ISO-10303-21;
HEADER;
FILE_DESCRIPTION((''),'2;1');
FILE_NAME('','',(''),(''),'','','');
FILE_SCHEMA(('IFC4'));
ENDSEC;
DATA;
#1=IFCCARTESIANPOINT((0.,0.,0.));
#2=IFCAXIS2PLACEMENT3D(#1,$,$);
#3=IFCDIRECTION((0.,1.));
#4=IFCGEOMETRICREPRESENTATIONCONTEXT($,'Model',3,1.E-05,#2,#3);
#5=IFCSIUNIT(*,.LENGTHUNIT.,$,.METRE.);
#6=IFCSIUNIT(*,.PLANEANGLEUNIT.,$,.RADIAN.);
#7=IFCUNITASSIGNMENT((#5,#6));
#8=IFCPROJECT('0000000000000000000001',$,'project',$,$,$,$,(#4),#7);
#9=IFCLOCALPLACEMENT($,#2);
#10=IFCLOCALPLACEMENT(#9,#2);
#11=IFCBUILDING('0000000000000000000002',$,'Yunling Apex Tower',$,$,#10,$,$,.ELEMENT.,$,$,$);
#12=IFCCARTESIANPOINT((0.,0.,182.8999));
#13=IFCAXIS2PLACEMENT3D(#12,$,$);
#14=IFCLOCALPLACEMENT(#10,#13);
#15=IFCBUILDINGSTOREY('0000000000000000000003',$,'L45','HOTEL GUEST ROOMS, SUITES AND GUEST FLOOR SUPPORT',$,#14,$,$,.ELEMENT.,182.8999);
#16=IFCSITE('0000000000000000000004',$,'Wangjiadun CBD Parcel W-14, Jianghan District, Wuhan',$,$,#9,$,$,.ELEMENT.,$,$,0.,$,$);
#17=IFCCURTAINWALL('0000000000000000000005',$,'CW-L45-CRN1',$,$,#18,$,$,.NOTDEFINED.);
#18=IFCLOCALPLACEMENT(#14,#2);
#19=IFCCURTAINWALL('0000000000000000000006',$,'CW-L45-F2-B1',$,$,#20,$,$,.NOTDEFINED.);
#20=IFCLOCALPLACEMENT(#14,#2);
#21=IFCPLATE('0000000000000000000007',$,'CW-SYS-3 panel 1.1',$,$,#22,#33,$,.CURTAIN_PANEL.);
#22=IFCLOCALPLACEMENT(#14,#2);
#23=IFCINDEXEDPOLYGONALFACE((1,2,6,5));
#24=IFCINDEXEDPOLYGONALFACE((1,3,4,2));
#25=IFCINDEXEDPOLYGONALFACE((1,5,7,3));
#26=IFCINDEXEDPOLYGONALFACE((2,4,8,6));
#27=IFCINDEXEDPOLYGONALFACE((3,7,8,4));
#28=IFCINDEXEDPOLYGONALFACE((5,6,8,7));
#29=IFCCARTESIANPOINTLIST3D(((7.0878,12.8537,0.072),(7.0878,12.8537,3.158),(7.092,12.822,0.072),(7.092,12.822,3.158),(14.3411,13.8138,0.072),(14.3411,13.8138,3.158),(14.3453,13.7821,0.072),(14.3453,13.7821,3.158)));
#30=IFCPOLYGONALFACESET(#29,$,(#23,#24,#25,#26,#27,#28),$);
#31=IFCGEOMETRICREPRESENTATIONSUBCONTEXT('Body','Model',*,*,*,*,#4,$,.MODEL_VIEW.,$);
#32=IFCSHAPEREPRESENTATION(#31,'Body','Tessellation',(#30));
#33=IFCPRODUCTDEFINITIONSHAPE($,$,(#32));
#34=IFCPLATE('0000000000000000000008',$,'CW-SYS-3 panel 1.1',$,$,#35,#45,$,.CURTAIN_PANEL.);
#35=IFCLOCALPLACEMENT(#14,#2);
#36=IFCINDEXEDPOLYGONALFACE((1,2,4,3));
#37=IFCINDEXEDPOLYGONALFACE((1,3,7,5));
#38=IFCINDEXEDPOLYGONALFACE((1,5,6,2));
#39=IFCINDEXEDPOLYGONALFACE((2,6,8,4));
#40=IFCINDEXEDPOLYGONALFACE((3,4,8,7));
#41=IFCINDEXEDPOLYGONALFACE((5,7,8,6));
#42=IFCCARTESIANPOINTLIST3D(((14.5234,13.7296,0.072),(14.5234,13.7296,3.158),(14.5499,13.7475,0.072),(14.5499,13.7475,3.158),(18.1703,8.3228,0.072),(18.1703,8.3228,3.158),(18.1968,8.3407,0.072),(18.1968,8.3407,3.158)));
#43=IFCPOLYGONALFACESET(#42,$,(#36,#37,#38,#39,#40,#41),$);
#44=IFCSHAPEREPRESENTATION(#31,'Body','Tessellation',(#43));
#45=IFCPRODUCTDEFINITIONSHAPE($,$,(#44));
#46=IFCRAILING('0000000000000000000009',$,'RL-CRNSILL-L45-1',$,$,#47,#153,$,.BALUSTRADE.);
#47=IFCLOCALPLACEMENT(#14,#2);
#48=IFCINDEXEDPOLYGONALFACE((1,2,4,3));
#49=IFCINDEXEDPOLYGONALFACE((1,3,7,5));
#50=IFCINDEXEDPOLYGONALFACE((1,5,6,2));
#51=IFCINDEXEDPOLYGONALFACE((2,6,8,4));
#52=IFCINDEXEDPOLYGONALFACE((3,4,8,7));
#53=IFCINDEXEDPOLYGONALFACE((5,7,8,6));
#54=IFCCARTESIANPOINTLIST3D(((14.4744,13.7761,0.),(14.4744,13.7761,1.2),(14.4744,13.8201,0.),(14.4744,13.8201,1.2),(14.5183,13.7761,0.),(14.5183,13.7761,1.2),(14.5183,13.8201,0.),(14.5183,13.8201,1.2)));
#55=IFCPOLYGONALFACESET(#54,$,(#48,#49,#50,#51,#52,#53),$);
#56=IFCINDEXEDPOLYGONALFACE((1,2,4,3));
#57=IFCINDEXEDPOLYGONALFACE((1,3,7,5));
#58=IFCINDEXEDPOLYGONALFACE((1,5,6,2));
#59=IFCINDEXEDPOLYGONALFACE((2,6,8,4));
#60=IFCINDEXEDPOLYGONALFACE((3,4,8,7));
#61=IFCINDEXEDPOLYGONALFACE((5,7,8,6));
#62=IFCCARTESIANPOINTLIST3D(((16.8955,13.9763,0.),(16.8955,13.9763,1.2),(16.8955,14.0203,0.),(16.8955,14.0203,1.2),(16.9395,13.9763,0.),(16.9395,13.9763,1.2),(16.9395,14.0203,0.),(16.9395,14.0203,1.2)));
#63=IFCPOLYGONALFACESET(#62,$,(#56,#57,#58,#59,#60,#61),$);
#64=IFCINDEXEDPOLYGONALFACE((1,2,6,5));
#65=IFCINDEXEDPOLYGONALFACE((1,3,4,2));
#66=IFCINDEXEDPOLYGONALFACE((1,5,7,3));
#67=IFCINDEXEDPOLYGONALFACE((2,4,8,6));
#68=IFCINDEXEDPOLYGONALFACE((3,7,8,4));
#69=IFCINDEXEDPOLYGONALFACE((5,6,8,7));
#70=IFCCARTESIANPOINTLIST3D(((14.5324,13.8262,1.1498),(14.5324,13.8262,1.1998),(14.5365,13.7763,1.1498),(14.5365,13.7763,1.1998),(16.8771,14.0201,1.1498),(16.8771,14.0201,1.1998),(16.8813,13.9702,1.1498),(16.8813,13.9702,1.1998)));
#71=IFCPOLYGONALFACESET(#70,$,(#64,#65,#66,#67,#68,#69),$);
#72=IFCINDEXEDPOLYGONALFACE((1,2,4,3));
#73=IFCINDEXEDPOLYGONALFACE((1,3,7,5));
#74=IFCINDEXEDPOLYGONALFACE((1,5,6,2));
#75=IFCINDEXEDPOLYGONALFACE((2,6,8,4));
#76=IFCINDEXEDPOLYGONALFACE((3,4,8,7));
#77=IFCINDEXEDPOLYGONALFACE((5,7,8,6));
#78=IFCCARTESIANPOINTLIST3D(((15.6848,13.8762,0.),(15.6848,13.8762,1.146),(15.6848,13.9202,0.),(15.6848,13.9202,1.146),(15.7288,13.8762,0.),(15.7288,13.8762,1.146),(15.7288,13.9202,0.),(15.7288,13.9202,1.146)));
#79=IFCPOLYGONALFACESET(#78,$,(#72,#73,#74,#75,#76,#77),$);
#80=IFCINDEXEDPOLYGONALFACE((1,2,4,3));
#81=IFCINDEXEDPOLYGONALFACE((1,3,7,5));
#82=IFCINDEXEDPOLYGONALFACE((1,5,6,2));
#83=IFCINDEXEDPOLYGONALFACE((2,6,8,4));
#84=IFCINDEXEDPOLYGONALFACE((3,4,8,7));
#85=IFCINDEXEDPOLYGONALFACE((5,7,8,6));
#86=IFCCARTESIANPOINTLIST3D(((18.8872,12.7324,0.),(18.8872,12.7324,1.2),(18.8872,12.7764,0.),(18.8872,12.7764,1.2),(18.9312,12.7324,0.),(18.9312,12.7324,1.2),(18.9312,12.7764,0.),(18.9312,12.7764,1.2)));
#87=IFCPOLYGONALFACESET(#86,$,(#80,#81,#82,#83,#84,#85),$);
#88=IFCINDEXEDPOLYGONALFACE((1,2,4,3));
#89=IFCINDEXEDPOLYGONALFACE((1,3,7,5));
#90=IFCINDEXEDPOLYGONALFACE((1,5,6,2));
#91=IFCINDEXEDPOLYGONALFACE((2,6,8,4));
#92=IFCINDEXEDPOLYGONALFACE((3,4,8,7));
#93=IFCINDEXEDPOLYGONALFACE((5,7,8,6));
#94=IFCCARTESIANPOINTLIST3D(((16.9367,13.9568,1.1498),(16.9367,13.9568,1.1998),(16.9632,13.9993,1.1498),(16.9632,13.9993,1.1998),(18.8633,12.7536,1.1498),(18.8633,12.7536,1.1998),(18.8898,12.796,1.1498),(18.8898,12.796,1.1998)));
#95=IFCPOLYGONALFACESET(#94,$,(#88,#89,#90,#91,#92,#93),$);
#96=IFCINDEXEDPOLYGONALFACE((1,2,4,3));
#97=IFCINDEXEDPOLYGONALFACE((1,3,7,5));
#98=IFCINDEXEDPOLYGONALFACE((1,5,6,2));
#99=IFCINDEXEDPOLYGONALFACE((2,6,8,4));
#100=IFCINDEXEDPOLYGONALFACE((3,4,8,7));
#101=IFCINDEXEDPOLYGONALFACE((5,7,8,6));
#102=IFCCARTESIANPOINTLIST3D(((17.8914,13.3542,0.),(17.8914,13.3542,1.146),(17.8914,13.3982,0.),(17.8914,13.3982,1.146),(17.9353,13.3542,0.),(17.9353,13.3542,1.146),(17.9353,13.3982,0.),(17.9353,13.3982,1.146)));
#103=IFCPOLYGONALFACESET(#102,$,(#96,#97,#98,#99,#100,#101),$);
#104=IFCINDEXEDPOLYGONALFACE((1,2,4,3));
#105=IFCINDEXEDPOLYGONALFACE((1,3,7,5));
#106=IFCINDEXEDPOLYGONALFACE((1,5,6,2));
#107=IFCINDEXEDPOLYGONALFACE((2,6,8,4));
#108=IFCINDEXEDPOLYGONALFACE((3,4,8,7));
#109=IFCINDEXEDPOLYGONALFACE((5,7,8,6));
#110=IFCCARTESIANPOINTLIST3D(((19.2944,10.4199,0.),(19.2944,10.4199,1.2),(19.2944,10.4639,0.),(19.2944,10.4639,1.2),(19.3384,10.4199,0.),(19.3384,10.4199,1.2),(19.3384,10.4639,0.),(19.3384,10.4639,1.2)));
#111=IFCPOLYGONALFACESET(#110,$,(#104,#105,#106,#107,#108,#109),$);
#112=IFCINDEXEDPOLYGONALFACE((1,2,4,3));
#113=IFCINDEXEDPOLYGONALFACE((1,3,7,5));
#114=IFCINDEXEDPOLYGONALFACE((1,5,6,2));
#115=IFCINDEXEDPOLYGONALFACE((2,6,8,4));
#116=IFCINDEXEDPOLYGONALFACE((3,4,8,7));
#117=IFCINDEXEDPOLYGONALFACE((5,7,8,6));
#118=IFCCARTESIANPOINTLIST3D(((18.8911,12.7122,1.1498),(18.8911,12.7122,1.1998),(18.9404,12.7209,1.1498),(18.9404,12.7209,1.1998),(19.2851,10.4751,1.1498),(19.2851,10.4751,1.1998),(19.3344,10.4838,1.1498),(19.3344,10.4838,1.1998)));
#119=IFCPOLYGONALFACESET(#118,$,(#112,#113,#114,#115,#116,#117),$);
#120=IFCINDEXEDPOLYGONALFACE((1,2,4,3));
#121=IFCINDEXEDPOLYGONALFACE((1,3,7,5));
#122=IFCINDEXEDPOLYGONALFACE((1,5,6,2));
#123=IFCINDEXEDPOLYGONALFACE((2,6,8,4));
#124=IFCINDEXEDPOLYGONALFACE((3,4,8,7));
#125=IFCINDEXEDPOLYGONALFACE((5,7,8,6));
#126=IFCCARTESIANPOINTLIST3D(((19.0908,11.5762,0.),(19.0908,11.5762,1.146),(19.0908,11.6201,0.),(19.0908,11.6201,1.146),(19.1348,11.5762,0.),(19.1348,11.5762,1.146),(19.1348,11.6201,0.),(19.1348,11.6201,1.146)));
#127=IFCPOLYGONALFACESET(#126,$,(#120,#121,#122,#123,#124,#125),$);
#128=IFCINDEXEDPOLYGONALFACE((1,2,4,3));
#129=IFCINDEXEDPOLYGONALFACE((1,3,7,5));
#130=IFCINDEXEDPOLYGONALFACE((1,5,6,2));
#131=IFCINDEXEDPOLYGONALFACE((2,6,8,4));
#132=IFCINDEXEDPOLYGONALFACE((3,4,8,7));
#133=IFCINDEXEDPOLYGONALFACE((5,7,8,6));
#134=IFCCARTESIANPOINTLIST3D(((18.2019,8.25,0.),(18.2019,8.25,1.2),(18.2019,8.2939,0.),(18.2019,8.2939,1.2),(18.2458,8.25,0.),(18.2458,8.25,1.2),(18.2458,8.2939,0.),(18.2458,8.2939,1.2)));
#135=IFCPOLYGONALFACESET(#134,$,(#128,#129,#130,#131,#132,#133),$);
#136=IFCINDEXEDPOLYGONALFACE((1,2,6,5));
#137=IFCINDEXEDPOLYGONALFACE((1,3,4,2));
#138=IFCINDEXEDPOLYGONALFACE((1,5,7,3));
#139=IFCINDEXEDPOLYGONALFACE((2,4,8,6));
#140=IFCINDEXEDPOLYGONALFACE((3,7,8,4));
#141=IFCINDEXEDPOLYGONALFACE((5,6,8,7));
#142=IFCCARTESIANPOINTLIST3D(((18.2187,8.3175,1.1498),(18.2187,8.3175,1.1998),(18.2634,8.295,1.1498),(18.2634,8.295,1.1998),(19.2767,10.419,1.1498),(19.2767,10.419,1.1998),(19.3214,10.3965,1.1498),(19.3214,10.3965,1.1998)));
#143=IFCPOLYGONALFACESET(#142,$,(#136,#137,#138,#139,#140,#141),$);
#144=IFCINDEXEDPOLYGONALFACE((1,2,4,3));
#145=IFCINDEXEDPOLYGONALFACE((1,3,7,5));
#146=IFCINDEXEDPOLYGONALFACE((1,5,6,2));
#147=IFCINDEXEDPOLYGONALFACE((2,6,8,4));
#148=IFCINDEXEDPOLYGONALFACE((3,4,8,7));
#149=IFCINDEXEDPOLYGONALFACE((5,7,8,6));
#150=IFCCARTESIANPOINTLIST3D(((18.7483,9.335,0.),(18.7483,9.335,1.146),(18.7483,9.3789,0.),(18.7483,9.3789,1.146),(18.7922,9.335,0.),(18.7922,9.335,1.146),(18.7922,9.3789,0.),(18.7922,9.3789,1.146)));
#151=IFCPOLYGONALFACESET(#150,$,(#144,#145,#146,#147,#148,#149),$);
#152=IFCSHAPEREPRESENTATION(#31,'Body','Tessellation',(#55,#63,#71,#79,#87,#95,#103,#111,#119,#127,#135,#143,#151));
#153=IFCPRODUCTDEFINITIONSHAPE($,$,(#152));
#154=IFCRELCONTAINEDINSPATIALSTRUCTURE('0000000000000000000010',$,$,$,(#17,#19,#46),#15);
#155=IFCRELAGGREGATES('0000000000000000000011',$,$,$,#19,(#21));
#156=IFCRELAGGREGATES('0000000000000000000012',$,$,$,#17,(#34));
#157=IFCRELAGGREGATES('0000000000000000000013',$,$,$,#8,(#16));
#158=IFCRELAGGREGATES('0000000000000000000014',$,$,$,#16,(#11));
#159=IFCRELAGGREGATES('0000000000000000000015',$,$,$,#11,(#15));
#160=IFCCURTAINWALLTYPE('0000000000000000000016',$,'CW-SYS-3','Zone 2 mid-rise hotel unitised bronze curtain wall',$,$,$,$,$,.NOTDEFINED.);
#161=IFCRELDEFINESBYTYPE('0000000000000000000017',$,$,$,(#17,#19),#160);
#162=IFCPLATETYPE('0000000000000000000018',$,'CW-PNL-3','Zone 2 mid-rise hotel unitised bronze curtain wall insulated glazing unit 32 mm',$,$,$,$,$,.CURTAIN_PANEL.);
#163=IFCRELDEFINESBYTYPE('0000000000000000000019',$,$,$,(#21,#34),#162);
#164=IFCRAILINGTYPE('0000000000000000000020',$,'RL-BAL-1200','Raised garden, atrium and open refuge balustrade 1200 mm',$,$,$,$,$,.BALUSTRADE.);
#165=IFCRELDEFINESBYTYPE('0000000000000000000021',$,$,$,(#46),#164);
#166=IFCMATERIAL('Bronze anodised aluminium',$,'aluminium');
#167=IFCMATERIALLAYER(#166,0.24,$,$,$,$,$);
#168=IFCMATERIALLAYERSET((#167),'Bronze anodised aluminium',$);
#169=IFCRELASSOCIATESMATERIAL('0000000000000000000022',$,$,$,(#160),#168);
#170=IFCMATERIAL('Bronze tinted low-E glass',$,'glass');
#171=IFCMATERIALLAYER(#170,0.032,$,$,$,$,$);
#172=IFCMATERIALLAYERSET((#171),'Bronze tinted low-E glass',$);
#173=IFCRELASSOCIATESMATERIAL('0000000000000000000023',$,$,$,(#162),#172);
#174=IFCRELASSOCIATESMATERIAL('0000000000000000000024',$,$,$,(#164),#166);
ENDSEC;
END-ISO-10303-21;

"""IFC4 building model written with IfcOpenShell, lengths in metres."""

from ifc_helpers import new_model, si_unit, direction, frame, origin, origin_2d, place, context, subcontext, project, spatial, rectangle, extrude, source, transform, mapped, material, layer, layer_set, type_object, element, aggregate, save


model = new_model("IFC4")

# Units and contexts
model_context = context("Model", 3, precision=1e-05, world=origin(), true_north=direction((0.0, 1.0)))
body_context = subcontext(model_context, "Body", "Model", "MODEL_VIEW")
ifc_project = project(units=[si_unit("LENGTHUNIT", "METRE"), si_unit("PLANEANGLEUNIT", "RADIAN")], contexts=[model_context])

# Site, building, storey
site_placement = place(None, origin())
site = spatial("IfcSite", under=ifc_project, at=site_placement, Name="Wangjiadun CBD Parcel W-14, Jianghan District, Wuhan", CompositionType="ELEMENT", RefElevation=0.0)
building_placement = place(site_placement, origin())
building = spatial("IfcBuilding", under=site, at=building_placement, Name="Yunling Apex Tower", CompositionType="ELEMENT")
storey_placement = place(building_placement, frame((0.0, 0.0, 182.8999)))
storey = spatial("IfcBuildingStorey", under=building, at=storey_placement, Name="L45", Description="HOTEL GUEST ROOMS, SUITES AND GUEST FLOOR SUPPORT", CompositionType="ELEMENT", Elevation=182.8999)

# Curtain walls
ifc_material_1 = material(Name="Bronze anodised aluminium", Category="aluminium")
ifc_layer_1 = layer(ifc_material_1, 0.24)
ifc_layer_set_1 = layer_set([ifc_layer_1], Name="Bronze anodised aluminium")
curtain_wall_type = type_object("IfcCurtainWallType", Name="CW-SYS-3", Description="Zone 2 mid-rise hotel unitised bronze curtain wall", PredefinedType="NOTDEFINED", material=ifc_layer_set_1)
curtain_wall_1_placement = place(storey_placement, origin())
curtain_wall_1 = element("IfcCurtainWall", 1, at=curtain_wall_1_placement, inside=storey, type_object=curtain_wall_type, Name="CW-L45-CRN1", PredefinedType="NOTDEFINED")
curtain_wall_2_placement = place(storey_placement, origin())
curtain_wall_2 = element("IfcCurtainWall", 2, at=curtain_wall_2_placement, inside=storey, type_object=curtain_wall_type, Name="CW-L45-F2-B1", PredefinedType="NOTDEFINED")

# Plates
ifc_material_2 = material(Name="Bronze tinted low-E glass", Category="glass")
ifc_layer_2 = layer(ifc_material_2, 0.032)
ifc_layer_set_2 = layer_set([ifc_layer_2], Name="Bronze tinted low-E glass")
plate_type = type_object("IfcPlateType", Name="CW-PNL-3", Description="Zone 2 mid-rise hotel unitised bronze curtain wall insulated glazing unit 32 mm", PredefinedType="CURTAIN_PANEL", material=ifc_layer_set_2)
shared_shape_1 = source(origin(), body_context, "Body", "SweptSolid", [
    extrude(rectangle(XDim=7.3167, YDim=0.032, at=origin_2d()), origin(), (0.0, 0.0, 1.0), 3.0859),
])
plate_1_placement = place(storey_placement, frame((10.7166, 13.3179, 0.072), z_axis=(0.0, 0.0, 1.0), x_axis=(-0.991353, -0.131222, 0.0)))
plate_1 = element("IfcPlate", 3, at=plate_1_placement, type_object=plate_type, Name="CW-SYS-3 panel 1.1", PredefinedType="CURTAIN_PANEL", context=body_context, shape_type="MappedRepresentation", body=[
    mapped(shared_shape_1, transform((0.0, 0.0, 0.0), scale=1.0)),
])
aggregate(curtain_wall_2, [plate_1])
shared_shape_2 = source(origin(), body_context, "Body", "SweptSolid", [
    extrude(rectangle(XDim=6.5217, YDim=0.032, at=origin_2d()), origin(), (0.0, 0.0, 1.0), 3.0859),
])
plate_2_placement = place(storey_placement, frame((16.3601, 11.0352, 0.072), z_axis=(0.0, 0.0, 1.0), x_axis=(-0.559193, 0.829038, 0.0)))
plate_2 = element("IfcPlate", 4, at=plate_2_placement, type_object=plate_type, Name="CW-SYS-3 panel 1.1", PredefinedType="CURTAIN_PANEL", context=body_context, shape_type="MappedRepresentation", body=[
    mapped(shared_shape_2, transform((0.0, 0.0, 0.0), scale=1.0)),
])
aggregate(curtain_wall_1, [plate_2])

# Railing
railing_type = type_object("IfcRailingType", Name="RL-BAL-1200", Description="Raised garden, atrium and open refuge balustrade 1200 mm", PredefinedType="BALUSTRADE", material=ifc_material_1)
railing_placement = place(storey_placement, frame((14.4963, 13.7981, 0.0)))
element("IfcRailing", 5, at=railing_placement, inside=storey, type_object=railing_type, Name="RL-CRNSILL-L45-1", PredefinedType="BALUSTRADE", context=body_context, shape_type="SweptSolid", body=[
    extrude(rectangle(XDim=0.0439, YDim=0.0439, at=origin_2d()), origin(), (0.0, 0.0, 1.0), 1.2),
    extrude(rectangle(XDim=0.0439, YDim=0.0439, at=origin_2d()), frame((2.4211, 0.2002, 0.0)), (0.0, 0.0, 1.0), 1.2),
    extrude(rectangle(XDim=0.05, YDim=0.05, at=origin_2d()), frame((0.0381, 0.0032, 1.1748), z_axis=(0.996599, 0.082405, 0.0), x_axis=(-0.082405, 0.996599, 0.0)), (0.0, 0.0, 1.0), 2.3528),
    extrude(rectangle(XDim=0.0439, YDim=0.0439, at=origin_2d()), frame((1.2104, 0.1001, 0.0)), (0.0, 0.0, 1.0), 1.146),
    extrude(rectangle(XDim=0.0439, YDim=0.0439, at=origin_2d()), frame((4.4128, -1.0437, 0.0)), (0.0, 0.0, 1.0), 1.2),
    extrude(rectangle(XDim=0.05, YDim=0.05, at=origin_2d()), frame((2.4536, 0.1799, 1.1748), z_axis=(0.848173, -0.529719, 0.0), x_axis=(0.529719, 0.848173, 0.0)), (0.0, 0.0, 1.0), 2.2715),
    extrude(rectangle(XDim=0.0439, YDim=0.0439, at=origin_2d()), frame((3.417, -0.4219, 0.0)), (0.0, 0.0, 1.0), 1.146),
    extrude(rectangle(XDim=0.0439, YDim=0.0439, at=origin_2d()), frame((4.8201, -3.3562, 0.0)), (0.0, 0.0, 1.0), 1.2),
    extrude(rectangle(XDim=0.05, YDim=0.05, at=origin_2d()), frame((4.4194, -1.0815, 1.1748), z_axis=(0.173429, -0.984846, 0.0), x_axis=(0.984846, 0.173429, 0.0)), (0.0, 0.0, 1.0), 2.2715),
    extrude(rectangle(XDim=0.0439, YDim=0.0439, at=origin_2d()), frame((4.6165, -2.2, 0.0)), (0.0, 0.0, 1.0), 1.146),
    extrude(rectangle(XDim=0.0439, YDim=0.0439, at=origin_2d()), frame((3.7275, -5.5261, 0.0)), (0.0, 0.0, 1.0), 1.2),
    extrude(rectangle(XDim=0.05, YDim=0.05, at=origin_2d()), frame((4.8027, -3.3904, 1.1748), z_axis=(-0.449704, -0.893178, 0.0), x_axis=(0.893178, -0.449704, 0.0)), (0.0, 0.0, 1.0), 2.3528),
    extrude(rectangle(XDim=0.0439, YDim=0.0439, at=origin_2d()), frame((4.2739, -4.4412, 0.0)), (0.0, 0.0, 1.0), 1.146),
])

save(model, "model.ifc")
